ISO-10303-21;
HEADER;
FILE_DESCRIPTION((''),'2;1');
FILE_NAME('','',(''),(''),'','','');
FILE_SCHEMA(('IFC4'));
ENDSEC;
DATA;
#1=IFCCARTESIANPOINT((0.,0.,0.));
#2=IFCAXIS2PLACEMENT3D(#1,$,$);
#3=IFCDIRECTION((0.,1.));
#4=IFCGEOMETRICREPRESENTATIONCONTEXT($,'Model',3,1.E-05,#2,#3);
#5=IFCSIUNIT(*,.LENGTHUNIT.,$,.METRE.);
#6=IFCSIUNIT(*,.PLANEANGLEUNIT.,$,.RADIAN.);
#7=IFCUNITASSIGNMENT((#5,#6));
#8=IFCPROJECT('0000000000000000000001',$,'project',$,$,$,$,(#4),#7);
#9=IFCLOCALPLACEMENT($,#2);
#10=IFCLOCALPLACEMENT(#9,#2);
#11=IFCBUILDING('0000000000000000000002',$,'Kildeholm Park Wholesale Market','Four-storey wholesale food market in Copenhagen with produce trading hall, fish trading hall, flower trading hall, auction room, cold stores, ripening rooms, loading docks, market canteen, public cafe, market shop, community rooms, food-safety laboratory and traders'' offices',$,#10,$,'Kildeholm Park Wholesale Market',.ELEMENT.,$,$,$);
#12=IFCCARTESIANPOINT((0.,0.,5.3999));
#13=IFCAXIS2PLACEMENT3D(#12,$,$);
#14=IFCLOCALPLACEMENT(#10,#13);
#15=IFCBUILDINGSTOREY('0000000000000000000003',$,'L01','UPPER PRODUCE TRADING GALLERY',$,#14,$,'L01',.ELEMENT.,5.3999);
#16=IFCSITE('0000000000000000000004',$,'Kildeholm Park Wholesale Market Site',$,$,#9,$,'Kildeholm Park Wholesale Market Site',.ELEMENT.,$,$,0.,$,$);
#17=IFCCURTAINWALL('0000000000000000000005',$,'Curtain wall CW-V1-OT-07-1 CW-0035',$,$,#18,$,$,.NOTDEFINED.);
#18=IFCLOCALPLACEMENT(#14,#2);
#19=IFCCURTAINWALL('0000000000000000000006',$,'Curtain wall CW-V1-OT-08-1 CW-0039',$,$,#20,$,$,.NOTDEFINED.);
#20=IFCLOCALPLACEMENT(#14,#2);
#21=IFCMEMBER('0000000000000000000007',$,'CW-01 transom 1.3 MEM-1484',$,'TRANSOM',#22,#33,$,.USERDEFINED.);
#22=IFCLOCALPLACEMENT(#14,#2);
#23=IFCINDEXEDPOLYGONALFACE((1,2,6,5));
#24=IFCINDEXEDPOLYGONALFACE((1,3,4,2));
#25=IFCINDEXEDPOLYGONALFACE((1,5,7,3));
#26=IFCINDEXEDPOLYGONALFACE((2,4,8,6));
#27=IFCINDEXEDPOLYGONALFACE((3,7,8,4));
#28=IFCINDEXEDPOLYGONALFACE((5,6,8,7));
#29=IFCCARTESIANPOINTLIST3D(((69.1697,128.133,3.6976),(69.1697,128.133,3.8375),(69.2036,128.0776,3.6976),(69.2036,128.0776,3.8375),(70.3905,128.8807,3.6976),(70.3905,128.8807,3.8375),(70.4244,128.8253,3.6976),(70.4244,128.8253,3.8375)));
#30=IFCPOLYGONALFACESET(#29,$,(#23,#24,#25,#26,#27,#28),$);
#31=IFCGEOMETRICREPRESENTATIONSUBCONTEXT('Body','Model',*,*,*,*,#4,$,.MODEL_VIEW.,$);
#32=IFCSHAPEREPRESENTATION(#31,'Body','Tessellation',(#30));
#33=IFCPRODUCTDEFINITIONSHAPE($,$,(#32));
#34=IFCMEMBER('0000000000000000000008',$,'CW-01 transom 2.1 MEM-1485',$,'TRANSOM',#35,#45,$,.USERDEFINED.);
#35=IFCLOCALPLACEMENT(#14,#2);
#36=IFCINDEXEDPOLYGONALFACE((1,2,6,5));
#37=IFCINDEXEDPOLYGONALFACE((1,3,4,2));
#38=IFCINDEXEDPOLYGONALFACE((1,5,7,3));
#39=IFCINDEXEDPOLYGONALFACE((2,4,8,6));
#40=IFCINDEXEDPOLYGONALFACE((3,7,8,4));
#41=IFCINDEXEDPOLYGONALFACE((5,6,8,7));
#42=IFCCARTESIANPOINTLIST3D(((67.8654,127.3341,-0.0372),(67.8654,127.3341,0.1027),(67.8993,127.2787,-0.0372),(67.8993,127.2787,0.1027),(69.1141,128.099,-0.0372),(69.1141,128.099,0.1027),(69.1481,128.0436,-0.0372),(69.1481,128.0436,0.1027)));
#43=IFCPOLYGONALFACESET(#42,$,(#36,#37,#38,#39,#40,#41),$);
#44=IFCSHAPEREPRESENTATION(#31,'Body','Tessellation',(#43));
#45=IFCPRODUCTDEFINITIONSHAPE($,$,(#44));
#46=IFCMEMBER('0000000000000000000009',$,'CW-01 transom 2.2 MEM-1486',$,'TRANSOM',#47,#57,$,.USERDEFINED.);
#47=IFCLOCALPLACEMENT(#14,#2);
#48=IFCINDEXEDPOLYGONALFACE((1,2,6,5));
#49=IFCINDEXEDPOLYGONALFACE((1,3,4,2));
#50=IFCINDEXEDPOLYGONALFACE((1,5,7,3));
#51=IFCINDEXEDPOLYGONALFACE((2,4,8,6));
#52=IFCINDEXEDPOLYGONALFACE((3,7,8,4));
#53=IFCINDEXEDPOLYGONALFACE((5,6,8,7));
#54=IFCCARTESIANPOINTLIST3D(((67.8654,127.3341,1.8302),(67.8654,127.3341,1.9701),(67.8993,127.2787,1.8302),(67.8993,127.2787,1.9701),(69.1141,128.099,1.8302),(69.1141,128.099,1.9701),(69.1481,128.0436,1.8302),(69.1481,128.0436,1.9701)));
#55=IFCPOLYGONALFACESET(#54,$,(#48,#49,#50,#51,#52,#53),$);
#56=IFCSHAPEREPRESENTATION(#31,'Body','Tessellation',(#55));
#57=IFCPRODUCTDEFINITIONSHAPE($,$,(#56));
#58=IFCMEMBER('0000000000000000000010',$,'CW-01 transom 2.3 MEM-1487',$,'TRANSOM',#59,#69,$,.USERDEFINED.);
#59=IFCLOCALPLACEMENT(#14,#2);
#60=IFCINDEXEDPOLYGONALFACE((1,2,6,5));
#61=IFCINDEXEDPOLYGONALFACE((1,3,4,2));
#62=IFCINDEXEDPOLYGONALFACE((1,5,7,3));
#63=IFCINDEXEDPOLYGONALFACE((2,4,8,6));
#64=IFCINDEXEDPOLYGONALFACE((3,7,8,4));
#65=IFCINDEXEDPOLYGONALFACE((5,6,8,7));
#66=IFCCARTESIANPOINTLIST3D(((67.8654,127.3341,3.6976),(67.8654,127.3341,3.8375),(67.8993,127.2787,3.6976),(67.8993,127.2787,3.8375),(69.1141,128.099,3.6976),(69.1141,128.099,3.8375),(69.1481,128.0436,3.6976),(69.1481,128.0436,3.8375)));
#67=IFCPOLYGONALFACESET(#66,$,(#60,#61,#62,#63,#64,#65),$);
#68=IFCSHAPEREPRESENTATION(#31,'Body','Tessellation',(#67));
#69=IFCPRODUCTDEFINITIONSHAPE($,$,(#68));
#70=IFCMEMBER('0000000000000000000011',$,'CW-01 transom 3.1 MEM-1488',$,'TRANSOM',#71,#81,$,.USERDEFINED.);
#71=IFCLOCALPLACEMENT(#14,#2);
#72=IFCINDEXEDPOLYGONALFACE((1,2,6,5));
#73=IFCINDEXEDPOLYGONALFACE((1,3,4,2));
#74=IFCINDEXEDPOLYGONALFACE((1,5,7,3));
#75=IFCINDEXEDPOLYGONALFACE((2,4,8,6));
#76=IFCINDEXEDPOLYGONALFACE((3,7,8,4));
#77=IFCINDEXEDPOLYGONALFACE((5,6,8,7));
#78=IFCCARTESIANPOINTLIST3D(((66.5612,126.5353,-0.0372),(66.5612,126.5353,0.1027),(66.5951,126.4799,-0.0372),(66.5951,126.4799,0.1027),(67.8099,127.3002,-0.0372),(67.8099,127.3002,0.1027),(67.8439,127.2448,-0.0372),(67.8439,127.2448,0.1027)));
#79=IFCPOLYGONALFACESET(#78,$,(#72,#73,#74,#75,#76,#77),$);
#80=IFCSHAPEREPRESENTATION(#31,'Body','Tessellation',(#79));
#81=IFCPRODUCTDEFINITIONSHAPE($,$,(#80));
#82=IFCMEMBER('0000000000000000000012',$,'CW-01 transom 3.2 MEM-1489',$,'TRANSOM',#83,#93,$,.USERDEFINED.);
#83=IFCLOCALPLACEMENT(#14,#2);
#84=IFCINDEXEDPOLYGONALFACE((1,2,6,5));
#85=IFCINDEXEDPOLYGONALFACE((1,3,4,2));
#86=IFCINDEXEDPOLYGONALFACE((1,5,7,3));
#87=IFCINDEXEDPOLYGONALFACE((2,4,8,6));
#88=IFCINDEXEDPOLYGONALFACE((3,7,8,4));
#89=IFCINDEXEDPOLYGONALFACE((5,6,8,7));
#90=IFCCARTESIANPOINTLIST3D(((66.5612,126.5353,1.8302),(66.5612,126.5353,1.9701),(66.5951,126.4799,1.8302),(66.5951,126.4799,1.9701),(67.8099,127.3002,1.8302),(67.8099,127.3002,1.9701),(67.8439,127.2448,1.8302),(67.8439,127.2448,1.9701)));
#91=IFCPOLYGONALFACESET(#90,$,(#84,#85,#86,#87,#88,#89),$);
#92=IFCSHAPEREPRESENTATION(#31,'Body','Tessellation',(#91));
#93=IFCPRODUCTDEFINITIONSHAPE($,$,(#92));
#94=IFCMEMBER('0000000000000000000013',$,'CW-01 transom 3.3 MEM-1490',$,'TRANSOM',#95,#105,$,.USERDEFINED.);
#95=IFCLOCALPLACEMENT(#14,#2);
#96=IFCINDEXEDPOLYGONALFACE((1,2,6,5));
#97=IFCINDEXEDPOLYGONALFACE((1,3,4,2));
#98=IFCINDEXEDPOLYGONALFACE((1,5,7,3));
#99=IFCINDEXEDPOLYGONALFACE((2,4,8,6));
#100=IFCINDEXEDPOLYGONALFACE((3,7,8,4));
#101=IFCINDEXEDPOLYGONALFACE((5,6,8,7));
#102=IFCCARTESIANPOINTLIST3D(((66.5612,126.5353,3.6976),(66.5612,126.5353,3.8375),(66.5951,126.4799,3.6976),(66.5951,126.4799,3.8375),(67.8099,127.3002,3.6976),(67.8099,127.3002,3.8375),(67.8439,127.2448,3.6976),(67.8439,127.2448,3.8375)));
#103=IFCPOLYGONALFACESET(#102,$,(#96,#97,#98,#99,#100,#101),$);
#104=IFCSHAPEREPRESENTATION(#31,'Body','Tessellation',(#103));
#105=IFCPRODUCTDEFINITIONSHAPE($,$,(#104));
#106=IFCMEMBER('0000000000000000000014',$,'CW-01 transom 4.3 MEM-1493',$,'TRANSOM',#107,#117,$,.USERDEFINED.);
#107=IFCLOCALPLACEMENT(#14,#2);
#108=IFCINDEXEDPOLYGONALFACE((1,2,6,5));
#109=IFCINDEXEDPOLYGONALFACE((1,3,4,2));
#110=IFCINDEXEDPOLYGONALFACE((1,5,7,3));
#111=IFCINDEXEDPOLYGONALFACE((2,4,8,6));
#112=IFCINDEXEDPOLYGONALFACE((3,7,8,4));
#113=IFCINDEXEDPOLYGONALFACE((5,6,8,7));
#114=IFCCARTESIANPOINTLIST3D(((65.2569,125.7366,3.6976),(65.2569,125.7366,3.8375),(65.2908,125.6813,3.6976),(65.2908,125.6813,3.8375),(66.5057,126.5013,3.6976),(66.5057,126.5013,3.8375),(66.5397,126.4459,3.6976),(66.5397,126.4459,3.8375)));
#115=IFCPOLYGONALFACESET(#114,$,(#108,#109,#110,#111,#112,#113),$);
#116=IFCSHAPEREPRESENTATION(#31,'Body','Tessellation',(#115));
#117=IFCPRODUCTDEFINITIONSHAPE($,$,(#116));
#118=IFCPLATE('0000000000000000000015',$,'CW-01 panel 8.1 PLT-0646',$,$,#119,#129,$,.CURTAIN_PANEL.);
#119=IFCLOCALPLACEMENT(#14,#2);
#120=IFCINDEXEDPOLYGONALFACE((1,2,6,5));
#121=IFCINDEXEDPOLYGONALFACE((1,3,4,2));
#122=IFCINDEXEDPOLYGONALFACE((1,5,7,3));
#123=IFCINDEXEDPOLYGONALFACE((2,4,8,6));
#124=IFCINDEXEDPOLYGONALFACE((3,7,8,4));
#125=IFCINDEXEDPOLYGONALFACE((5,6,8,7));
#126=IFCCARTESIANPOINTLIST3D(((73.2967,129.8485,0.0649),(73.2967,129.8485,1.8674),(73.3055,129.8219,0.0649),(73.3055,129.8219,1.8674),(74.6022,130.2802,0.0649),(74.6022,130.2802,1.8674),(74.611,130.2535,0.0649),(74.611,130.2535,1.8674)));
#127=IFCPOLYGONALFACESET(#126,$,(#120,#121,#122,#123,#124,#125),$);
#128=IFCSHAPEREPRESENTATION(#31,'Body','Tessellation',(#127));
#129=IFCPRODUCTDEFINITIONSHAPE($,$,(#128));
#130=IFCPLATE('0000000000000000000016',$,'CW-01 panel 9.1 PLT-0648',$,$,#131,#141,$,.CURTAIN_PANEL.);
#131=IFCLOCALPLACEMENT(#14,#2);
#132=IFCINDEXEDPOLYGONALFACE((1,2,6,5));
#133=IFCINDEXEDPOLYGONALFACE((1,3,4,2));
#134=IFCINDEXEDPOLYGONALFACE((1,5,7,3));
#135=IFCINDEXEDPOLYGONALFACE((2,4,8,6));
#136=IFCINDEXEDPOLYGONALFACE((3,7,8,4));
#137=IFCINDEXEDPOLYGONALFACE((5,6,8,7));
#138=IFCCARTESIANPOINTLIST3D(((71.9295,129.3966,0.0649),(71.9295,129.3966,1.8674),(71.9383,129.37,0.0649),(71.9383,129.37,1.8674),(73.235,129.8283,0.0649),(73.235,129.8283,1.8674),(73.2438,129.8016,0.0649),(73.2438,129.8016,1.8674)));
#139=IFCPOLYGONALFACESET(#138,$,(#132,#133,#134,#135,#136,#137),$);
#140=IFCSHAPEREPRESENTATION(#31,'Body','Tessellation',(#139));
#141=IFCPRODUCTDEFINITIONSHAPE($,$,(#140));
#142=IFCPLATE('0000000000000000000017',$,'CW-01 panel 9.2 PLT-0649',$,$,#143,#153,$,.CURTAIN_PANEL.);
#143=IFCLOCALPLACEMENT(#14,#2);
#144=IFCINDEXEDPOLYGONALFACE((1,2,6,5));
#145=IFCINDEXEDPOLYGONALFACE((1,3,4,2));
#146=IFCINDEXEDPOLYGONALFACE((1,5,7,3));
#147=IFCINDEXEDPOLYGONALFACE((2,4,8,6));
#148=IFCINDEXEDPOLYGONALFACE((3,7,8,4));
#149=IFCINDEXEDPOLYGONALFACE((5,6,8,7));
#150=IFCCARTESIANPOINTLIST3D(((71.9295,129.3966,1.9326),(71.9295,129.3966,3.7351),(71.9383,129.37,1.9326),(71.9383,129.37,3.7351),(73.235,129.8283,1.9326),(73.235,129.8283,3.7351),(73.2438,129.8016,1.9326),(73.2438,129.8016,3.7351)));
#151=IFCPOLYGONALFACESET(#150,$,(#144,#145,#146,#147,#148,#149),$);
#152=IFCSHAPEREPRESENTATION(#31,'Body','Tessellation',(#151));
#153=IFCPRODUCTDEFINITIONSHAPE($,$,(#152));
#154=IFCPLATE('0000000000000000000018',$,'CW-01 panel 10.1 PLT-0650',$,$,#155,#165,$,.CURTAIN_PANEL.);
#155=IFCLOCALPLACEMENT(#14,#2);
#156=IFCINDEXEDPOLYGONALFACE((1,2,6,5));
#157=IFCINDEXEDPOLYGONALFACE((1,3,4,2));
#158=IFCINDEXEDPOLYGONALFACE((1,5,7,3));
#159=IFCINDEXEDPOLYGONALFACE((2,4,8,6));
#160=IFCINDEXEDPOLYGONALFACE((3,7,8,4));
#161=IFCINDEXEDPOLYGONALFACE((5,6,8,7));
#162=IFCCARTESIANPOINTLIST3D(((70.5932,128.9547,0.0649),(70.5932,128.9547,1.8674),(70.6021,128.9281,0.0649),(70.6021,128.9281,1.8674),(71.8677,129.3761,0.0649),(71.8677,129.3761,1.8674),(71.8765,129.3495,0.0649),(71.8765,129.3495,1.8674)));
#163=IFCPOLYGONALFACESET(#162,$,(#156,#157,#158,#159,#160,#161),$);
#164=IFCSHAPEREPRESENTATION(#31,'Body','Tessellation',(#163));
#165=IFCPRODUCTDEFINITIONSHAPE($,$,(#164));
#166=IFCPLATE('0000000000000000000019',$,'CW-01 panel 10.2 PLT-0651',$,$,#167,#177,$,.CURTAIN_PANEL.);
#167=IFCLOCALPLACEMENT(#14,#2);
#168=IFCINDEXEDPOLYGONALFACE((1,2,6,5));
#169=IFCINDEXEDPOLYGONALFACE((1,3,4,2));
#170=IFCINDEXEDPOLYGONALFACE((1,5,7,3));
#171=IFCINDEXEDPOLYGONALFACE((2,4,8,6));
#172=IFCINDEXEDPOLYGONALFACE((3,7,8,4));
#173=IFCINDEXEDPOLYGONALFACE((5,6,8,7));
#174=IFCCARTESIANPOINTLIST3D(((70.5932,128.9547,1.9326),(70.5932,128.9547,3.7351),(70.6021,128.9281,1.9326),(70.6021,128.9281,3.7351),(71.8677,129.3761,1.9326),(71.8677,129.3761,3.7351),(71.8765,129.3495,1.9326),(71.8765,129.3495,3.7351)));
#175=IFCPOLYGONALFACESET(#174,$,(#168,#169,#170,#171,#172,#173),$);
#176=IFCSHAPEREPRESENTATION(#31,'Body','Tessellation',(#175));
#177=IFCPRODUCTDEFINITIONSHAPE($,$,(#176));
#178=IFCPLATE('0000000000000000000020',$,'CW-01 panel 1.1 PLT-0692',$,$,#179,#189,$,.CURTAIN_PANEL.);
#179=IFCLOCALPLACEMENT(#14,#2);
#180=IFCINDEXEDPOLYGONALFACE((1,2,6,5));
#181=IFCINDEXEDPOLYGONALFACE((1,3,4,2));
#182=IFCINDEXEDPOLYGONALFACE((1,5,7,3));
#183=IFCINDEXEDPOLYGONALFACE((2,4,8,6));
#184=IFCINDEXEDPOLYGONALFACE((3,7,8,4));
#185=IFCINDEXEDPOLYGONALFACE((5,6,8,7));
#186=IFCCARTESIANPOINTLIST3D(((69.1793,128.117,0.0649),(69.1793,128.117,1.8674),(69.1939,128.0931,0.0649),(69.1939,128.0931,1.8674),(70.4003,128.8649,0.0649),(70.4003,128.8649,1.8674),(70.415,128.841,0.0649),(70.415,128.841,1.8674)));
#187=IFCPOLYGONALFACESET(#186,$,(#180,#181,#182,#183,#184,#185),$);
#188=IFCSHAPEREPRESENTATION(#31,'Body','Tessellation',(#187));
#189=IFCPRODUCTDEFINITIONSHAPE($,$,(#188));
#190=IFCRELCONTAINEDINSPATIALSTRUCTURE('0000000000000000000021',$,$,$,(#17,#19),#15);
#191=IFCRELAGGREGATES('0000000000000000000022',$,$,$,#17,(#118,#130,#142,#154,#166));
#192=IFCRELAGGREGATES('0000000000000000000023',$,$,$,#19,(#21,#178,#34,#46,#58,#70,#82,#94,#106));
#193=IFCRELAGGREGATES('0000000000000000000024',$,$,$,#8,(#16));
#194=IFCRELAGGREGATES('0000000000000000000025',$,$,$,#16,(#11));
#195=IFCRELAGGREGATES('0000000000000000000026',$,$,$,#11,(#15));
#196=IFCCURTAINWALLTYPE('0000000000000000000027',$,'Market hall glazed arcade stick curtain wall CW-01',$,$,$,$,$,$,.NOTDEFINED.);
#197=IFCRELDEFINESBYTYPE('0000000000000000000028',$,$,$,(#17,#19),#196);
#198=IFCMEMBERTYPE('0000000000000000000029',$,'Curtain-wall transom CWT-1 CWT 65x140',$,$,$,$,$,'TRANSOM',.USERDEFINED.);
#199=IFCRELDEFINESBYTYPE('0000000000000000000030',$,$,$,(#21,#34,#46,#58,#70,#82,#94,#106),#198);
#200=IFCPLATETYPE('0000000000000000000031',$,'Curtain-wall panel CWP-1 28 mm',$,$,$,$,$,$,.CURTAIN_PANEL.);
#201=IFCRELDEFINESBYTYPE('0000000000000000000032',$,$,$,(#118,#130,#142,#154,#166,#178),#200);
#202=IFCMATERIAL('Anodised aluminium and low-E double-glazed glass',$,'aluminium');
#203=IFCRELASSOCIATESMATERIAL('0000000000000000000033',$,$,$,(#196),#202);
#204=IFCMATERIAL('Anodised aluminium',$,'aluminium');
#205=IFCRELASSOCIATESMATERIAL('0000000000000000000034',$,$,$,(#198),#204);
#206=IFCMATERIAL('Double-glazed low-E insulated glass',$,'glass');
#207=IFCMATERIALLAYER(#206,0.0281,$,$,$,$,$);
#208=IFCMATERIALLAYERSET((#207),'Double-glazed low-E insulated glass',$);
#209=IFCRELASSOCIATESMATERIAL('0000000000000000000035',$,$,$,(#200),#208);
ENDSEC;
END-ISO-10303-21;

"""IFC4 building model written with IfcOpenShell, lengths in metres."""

from ifc_helpers import new_model, si_unit, direction, frame, origin, origin_2d, place, context, subcontext, project, spatial, rectangle, extrude, material, layer, layer_set, material_profile, profile_set, type_object, element, aggregate, save


model = new_model("IFC4")

# Units and contexts
model_context = context("Model", 3, precision=1e-05, world=origin(), true_north=direction((0.0, 1.0)))
body_context = subcontext(model_context, "Body", "Model", "MODEL_VIEW")
ifc_project = project(units=[si_unit("LENGTHUNIT", "METRE"), si_unit("PLANEANGLEUNIT", "RADIAN")], contexts=[model_context])

# Site, building, storey
site_placement = place(None, origin())
site = spatial("IfcSite", under=ifc_project, at=site_placement, Name="Kildeholm Park Wholesale Market Site", LongName="Kildeholm Park Wholesale Market Site", CompositionType="ELEMENT", RefElevation=0.0)
building_placement = place(site_placement, origin())
building = spatial("IfcBuilding", under=site, at=building_placement, Name="Kildeholm Park Wholesale Market", Description="Four-storey wholesale food market in Copenhagen with produce trading hall, fish trading hall, flower trading hall, auction room, cold stores, ripening rooms, loading docks, market canteen, public cafe, market shop, community rooms, food-safety laboratory and traders' offices", LongName="Kildeholm Park Wholesale Market", CompositionType="ELEMENT")
storey_placement = place(building_placement, frame((0.0, 0.0, 5.3999)))
storey = spatial("IfcBuildingStorey", under=building, at=storey_placement, Name="L01", Description="UPPER PRODUCE TRADING GALLERY", LongName="L01", CompositionType="ELEMENT", Elevation=5.3999)

# Curtain walls
ifc_material_1 = material(Name="Anodised aluminium and low-E double-glazed glass", Category="aluminium")
curtain_wall_type = type_object("IfcCurtainWallType", Name="Market hall glazed arcade stick curtain wall CW-01", PredefinedType="NOTDEFINED", material=ifc_material_1)
curtain_wall_1_placement = place(storey_placement, origin())
curtain_wall_1 = element("IfcCurtainWall", 1, at=curtain_wall_1_placement, inside=storey, type_object=curtain_wall_type, Name="Curtain wall CW-V1-OT-07-1 CW-0035", PredefinedType="NOTDEFINED")
ifc_material_2 = material(Name="Anodised aluminium", Category="aluminium")
curtain_wall_2_placement = place(storey_placement, origin())
curtain_wall_2 = element("IfcCurtainWall", 2, at=curtain_wall_2_placement, inside=storey, type_object=curtain_wall_type, Name="Curtain wall CW-V1-OT-08-1 CW-0039", PredefinedType="NOTDEFINED")

# Members
ifc_material_profile_1 = material_profile(ifc_material_2, rectangle(XDim=0.0649, YDim=0.1399, at=origin_2d()), Name="CWT 65x140")
ifc_profile_set_1 = profile_set([ifc_material_profile_1], Name="Anodised aluminium")
member_type_1 = type_object("IfcMemberType", Name="Curtain-wall transom CWT-1 CWT 65x140", ElementType="TRANSOM", PredefinedType="USERDEFINED", material=ifc_profile_set_1)
member_1_placement = place(storey_placement, frame((70.4075, 128.853, 3.7676), z_axis=(-0.852763, -0.522298, 0.0), x_axis=(0.522298, -0.852763, 0.0)))
member_1 = element("IfcMember", 3, at=member_1_placement, type_object=member_type_1, Name="CW-01 transom 1.3 MEM-1484", ObjectType="TRANSOM", PredefinedType="USERDEFINED", context=body_context, shape_type="SweptSolid", body=[
    extrude(rectangle(XDim=0.0649, YDim=0.1399, at=origin_2d()), origin(), (0.0, 0.0, 1.0), 1.4316),
])
member_2_placement = place(storey_placement, frame((69.1311, 128.0713, 0.0327), z_axis=(-0.85275, -0.52232, 0.0), x_axis=(0.52232, -0.85275, 0.0)))
member_2 = element("IfcMember", 4, at=member_2_placement, type_object=member_type_1, Name="CW-01 transom 2.1 MEM-1485", ObjectType="TRANSOM", PredefinedType="USERDEFINED", context=body_context, shape_type="SweptSolid", body=[
    extrude(rectangle(XDim=0.0649, YDim=0.1399, at=origin_2d()), origin(), (0.0, 0.0, 1.0), 1.4644),
])
member_3_placement = place(storey_placement, frame((69.1311, 128.0713, 1.9001), z_axis=(-0.85275, -0.52232, 0.0), x_axis=(0.52232, -0.85275, 0.0)))
member_3 = element("IfcMember", 5, at=member_3_placement, type_object=member_type_1, Name="CW-01 transom 2.2 MEM-1486", ObjectType="TRANSOM", PredefinedType="USERDEFINED", context=body_context, shape_type="SweptSolid", body=[
    extrude(rectangle(XDim=0.0649, YDim=0.1399, at=origin_2d()), origin(), (0.0, 0.0, 1.0), 1.4644),
])
member_4_placement = place(storey_placement, frame((69.1311, 128.0713, 3.7676), z_axis=(-0.85275, -0.52232, 0.0), x_axis=(0.52232, -0.85275, 0.0)))
member_4 = element("IfcMember", 6, at=member_4_placement, type_object=member_type_1, Name="CW-01 transom 2.3 MEM-1487", ObjectType="TRANSOM", PredefinedType="USERDEFINED", context=body_context, shape_type="SweptSolid", body=[
    extrude(rectangle(XDim=0.0649, YDim=0.1399, at=origin_2d()), origin(), (0.0, 0.0, 1.0), 1.4644),
])
member_5_placement = place(storey_placement, frame((67.8269, 127.2725, 0.0327), z_axis=(-0.85275, -0.52232, 0.0), x_axis=(0.52232, -0.85275, 0.0)))
member_5 = element("IfcMember", 7, at=member_5_placement, type_object=member_type_1, Name="CW-01 transom 3.1 MEM-1488", ObjectType="TRANSOM", PredefinedType="USERDEFINED", context=body_context, shape_type="SweptSolid", body=[
    extrude(rectangle(XDim=0.0649, YDim=0.1399, at=origin_2d()), origin(), (0.0, 0.0, 1.0), 1.4644),
])
member_6_placement = place(storey_placement, frame((67.8269, 127.2725, 1.9001), z_axis=(-0.85275, -0.52232, 0.0), x_axis=(0.52232, -0.85275, 0.0)))
member_6 = element("IfcMember", 8, at=member_6_placement, type_object=member_type_1, Name="CW-01 transom 3.2 MEM-1489", ObjectType="TRANSOM", PredefinedType="USERDEFINED", context=body_context, shape_type="SweptSolid", body=[
    extrude(rectangle(XDim=0.0649, YDim=0.1399, at=origin_2d()), origin(), (0.0, 0.0, 1.0), 1.4644),
])
member_7_placement = place(storey_placement, frame((67.8269, 127.2725, 3.7676), z_axis=(-0.85275, -0.52232, 0.0), x_axis=(0.52232, -0.85275, 0.0)))
member_7 = element("IfcMember", 9, at=member_7_placement, type_object=member_type_1, Name="CW-01 transom 3.3 MEM-1490", ObjectType="TRANSOM", PredefinedType="USERDEFINED", context=body_context, shape_type="SweptSolid", body=[
    extrude(rectangle(XDim=0.0649, YDim=0.1399, at=origin_2d()), origin(), (0.0, 0.0, 1.0), 1.4644),
])
member_8_placement = place(storey_placement, frame((66.5227, 126.4736, 3.7676), z_axis=(-0.852824, -0.522198, 0.0), x_axis=(0.522198, -0.852824, 0.0)))
member_8 = element("IfcMember", 10, at=member_8_placement, type_object=member_type_1, Name="CW-01 transom 4.3 MEM-1493", ObjectType="TRANSOM", PredefinedType="USERDEFINED", context=body_context, shape_type="SweptSolid", body=[
    extrude(rectangle(XDim=0.0649, YDim=0.1399, at=origin_2d()), origin(), (0.0, 0.0, 1.0), 1.4644),
])

# Plates
ifc_material_3 = material(Name="Double-glazed low-E insulated glass", Category="glass")
ifc_layer = layer(ifc_material_3, 0.0281)
ifc_layer_set = layer_set([ifc_layer], Name="Double-glazed low-E insulated glass")
plate_type = type_object("IfcPlateType", Name="Curtain-wall panel CWP-1 28 mm", PredefinedType="CURTAIN_PANEL", material=ifc_layer_set)
plate_1_placement = place(storey_placement, frame((73.9539, 130.051, 0.0649), z_axis=(0.0, 0.0, 1.0), x_axis=(-0.949451, -0.313914, 0.0)))
plate_1 = element("IfcPlate", 11, at=plate_1_placement, type_object=plate_type, Name="CW-01 panel 8.1 PLT-0646", PredefinedType="CURTAIN_PANEL", context=body_context, shape_type="SweptSolid", body=[
    extrude(rectangle(XDim=1.375, YDim=0.0281, at=origin_2d()), origin(), (0.0, 0.0, 1.0), 1.8025),
])
plate_2_placement = place(storey_placement, frame((72.5867, 129.5991, 0.0649), z_axis=(0.0, 0.0, 1.0), x_axis=(-0.949451, -0.313914, 0.0)))
plate_2 = element("IfcPlate", 12, at=plate_2_placement, type_object=plate_type, Name="CW-01 panel 9.1 PLT-0648", PredefinedType="CURTAIN_PANEL", context=body_context, shape_type="SweptSolid", body=[
    extrude(rectangle(XDim=1.375, YDim=0.0281, at=origin_2d()), origin(), (0.0, 0.0, 1.0), 1.8025),
])
plate_3_placement = place(storey_placement, frame((72.5867, 129.5991, 1.9326), z_axis=(0.0, 0.0, 1.0), x_axis=(-0.949451, -0.313914, 0.0)))
plate_3 = element("IfcPlate", 13, at=plate_3_placement, type_object=plate_type, Name="CW-01 panel 9.2 PLT-0649", PredefinedType="CURTAIN_PANEL", context=body_context, shape_type="SweptSolid", body=[
    extrude(rectangle(XDim=1.375, YDim=0.0281, at=origin_2d()), origin(), (0.0, 0.0, 1.0), 1.8025),
])
plate_4_placement = place(storey_placement, frame((71.2349, 129.1521, 0.0649), z_axis=(0.0, 0.0, 1.0), x_axis=(-0.949451, -0.313914, 0.0)))
plate_4 = element("IfcPlate", 14, at=plate_4_placement, type_object=plate_type, Name="CW-01 panel 10.1 PLT-0650", PredefinedType="CURTAIN_PANEL", context=body_context, shape_type="SweptSolid", body=[
    extrude(rectangle(XDim=1.3423, YDim=0.0281, at=origin_2d()), origin(), (0.0, 0.0, 1.0), 1.8025),
])
plate_5_placement = place(storey_placement, frame((71.2349, 129.1521, 1.9326), z_axis=(0.0, 0.0, 1.0), x_axis=(-0.949451, -0.313914, 0.0)))
plate_5 = element("IfcPlate", 15, at=plate_5_placement, type_object=plate_type, Name="CW-01 panel 10.2 PLT-0651", PredefinedType="CURTAIN_PANEL", context=body_context, shape_type="SweptSolid", body=[
    extrude(rectangle(XDim=1.3423, YDim=0.0281, at=origin_2d()), origin(), (0.0, 0.0, 1.0), 1.8025),
])
aggregate(curtain_wall_1, [plate_1, plate_2, plate_3, plate_4, plate_5])
plate_6_placement = place(storey_placement, frame((69.7971, 128.479, 0.0649), z_axis=(0.0, 0.0, 1.0), x_axis=(-0.852771, -0.522284, 0.0)))
plate_6 = element("IfcPlate", 16, at=plate_6_placement, type_object=plate_type, Name="CW-01 panel 1.1 PLT-0692", PredefinedType="CURTAIN_PANEL", context=body_context, shape_type="SweptSolid", body=[
    extrude(rectangle(XDim=1.4319, YDim=0.0281, at=origin_2d()), origin(), (0.0, 0.0, 1.0), 1.8025),
])
aggregate(curtain_wall_2, [member_1, plate_6, member_2, member_3, member_4, member_5, member_6, member_7, member_8])

save(model, "model.ifc")
